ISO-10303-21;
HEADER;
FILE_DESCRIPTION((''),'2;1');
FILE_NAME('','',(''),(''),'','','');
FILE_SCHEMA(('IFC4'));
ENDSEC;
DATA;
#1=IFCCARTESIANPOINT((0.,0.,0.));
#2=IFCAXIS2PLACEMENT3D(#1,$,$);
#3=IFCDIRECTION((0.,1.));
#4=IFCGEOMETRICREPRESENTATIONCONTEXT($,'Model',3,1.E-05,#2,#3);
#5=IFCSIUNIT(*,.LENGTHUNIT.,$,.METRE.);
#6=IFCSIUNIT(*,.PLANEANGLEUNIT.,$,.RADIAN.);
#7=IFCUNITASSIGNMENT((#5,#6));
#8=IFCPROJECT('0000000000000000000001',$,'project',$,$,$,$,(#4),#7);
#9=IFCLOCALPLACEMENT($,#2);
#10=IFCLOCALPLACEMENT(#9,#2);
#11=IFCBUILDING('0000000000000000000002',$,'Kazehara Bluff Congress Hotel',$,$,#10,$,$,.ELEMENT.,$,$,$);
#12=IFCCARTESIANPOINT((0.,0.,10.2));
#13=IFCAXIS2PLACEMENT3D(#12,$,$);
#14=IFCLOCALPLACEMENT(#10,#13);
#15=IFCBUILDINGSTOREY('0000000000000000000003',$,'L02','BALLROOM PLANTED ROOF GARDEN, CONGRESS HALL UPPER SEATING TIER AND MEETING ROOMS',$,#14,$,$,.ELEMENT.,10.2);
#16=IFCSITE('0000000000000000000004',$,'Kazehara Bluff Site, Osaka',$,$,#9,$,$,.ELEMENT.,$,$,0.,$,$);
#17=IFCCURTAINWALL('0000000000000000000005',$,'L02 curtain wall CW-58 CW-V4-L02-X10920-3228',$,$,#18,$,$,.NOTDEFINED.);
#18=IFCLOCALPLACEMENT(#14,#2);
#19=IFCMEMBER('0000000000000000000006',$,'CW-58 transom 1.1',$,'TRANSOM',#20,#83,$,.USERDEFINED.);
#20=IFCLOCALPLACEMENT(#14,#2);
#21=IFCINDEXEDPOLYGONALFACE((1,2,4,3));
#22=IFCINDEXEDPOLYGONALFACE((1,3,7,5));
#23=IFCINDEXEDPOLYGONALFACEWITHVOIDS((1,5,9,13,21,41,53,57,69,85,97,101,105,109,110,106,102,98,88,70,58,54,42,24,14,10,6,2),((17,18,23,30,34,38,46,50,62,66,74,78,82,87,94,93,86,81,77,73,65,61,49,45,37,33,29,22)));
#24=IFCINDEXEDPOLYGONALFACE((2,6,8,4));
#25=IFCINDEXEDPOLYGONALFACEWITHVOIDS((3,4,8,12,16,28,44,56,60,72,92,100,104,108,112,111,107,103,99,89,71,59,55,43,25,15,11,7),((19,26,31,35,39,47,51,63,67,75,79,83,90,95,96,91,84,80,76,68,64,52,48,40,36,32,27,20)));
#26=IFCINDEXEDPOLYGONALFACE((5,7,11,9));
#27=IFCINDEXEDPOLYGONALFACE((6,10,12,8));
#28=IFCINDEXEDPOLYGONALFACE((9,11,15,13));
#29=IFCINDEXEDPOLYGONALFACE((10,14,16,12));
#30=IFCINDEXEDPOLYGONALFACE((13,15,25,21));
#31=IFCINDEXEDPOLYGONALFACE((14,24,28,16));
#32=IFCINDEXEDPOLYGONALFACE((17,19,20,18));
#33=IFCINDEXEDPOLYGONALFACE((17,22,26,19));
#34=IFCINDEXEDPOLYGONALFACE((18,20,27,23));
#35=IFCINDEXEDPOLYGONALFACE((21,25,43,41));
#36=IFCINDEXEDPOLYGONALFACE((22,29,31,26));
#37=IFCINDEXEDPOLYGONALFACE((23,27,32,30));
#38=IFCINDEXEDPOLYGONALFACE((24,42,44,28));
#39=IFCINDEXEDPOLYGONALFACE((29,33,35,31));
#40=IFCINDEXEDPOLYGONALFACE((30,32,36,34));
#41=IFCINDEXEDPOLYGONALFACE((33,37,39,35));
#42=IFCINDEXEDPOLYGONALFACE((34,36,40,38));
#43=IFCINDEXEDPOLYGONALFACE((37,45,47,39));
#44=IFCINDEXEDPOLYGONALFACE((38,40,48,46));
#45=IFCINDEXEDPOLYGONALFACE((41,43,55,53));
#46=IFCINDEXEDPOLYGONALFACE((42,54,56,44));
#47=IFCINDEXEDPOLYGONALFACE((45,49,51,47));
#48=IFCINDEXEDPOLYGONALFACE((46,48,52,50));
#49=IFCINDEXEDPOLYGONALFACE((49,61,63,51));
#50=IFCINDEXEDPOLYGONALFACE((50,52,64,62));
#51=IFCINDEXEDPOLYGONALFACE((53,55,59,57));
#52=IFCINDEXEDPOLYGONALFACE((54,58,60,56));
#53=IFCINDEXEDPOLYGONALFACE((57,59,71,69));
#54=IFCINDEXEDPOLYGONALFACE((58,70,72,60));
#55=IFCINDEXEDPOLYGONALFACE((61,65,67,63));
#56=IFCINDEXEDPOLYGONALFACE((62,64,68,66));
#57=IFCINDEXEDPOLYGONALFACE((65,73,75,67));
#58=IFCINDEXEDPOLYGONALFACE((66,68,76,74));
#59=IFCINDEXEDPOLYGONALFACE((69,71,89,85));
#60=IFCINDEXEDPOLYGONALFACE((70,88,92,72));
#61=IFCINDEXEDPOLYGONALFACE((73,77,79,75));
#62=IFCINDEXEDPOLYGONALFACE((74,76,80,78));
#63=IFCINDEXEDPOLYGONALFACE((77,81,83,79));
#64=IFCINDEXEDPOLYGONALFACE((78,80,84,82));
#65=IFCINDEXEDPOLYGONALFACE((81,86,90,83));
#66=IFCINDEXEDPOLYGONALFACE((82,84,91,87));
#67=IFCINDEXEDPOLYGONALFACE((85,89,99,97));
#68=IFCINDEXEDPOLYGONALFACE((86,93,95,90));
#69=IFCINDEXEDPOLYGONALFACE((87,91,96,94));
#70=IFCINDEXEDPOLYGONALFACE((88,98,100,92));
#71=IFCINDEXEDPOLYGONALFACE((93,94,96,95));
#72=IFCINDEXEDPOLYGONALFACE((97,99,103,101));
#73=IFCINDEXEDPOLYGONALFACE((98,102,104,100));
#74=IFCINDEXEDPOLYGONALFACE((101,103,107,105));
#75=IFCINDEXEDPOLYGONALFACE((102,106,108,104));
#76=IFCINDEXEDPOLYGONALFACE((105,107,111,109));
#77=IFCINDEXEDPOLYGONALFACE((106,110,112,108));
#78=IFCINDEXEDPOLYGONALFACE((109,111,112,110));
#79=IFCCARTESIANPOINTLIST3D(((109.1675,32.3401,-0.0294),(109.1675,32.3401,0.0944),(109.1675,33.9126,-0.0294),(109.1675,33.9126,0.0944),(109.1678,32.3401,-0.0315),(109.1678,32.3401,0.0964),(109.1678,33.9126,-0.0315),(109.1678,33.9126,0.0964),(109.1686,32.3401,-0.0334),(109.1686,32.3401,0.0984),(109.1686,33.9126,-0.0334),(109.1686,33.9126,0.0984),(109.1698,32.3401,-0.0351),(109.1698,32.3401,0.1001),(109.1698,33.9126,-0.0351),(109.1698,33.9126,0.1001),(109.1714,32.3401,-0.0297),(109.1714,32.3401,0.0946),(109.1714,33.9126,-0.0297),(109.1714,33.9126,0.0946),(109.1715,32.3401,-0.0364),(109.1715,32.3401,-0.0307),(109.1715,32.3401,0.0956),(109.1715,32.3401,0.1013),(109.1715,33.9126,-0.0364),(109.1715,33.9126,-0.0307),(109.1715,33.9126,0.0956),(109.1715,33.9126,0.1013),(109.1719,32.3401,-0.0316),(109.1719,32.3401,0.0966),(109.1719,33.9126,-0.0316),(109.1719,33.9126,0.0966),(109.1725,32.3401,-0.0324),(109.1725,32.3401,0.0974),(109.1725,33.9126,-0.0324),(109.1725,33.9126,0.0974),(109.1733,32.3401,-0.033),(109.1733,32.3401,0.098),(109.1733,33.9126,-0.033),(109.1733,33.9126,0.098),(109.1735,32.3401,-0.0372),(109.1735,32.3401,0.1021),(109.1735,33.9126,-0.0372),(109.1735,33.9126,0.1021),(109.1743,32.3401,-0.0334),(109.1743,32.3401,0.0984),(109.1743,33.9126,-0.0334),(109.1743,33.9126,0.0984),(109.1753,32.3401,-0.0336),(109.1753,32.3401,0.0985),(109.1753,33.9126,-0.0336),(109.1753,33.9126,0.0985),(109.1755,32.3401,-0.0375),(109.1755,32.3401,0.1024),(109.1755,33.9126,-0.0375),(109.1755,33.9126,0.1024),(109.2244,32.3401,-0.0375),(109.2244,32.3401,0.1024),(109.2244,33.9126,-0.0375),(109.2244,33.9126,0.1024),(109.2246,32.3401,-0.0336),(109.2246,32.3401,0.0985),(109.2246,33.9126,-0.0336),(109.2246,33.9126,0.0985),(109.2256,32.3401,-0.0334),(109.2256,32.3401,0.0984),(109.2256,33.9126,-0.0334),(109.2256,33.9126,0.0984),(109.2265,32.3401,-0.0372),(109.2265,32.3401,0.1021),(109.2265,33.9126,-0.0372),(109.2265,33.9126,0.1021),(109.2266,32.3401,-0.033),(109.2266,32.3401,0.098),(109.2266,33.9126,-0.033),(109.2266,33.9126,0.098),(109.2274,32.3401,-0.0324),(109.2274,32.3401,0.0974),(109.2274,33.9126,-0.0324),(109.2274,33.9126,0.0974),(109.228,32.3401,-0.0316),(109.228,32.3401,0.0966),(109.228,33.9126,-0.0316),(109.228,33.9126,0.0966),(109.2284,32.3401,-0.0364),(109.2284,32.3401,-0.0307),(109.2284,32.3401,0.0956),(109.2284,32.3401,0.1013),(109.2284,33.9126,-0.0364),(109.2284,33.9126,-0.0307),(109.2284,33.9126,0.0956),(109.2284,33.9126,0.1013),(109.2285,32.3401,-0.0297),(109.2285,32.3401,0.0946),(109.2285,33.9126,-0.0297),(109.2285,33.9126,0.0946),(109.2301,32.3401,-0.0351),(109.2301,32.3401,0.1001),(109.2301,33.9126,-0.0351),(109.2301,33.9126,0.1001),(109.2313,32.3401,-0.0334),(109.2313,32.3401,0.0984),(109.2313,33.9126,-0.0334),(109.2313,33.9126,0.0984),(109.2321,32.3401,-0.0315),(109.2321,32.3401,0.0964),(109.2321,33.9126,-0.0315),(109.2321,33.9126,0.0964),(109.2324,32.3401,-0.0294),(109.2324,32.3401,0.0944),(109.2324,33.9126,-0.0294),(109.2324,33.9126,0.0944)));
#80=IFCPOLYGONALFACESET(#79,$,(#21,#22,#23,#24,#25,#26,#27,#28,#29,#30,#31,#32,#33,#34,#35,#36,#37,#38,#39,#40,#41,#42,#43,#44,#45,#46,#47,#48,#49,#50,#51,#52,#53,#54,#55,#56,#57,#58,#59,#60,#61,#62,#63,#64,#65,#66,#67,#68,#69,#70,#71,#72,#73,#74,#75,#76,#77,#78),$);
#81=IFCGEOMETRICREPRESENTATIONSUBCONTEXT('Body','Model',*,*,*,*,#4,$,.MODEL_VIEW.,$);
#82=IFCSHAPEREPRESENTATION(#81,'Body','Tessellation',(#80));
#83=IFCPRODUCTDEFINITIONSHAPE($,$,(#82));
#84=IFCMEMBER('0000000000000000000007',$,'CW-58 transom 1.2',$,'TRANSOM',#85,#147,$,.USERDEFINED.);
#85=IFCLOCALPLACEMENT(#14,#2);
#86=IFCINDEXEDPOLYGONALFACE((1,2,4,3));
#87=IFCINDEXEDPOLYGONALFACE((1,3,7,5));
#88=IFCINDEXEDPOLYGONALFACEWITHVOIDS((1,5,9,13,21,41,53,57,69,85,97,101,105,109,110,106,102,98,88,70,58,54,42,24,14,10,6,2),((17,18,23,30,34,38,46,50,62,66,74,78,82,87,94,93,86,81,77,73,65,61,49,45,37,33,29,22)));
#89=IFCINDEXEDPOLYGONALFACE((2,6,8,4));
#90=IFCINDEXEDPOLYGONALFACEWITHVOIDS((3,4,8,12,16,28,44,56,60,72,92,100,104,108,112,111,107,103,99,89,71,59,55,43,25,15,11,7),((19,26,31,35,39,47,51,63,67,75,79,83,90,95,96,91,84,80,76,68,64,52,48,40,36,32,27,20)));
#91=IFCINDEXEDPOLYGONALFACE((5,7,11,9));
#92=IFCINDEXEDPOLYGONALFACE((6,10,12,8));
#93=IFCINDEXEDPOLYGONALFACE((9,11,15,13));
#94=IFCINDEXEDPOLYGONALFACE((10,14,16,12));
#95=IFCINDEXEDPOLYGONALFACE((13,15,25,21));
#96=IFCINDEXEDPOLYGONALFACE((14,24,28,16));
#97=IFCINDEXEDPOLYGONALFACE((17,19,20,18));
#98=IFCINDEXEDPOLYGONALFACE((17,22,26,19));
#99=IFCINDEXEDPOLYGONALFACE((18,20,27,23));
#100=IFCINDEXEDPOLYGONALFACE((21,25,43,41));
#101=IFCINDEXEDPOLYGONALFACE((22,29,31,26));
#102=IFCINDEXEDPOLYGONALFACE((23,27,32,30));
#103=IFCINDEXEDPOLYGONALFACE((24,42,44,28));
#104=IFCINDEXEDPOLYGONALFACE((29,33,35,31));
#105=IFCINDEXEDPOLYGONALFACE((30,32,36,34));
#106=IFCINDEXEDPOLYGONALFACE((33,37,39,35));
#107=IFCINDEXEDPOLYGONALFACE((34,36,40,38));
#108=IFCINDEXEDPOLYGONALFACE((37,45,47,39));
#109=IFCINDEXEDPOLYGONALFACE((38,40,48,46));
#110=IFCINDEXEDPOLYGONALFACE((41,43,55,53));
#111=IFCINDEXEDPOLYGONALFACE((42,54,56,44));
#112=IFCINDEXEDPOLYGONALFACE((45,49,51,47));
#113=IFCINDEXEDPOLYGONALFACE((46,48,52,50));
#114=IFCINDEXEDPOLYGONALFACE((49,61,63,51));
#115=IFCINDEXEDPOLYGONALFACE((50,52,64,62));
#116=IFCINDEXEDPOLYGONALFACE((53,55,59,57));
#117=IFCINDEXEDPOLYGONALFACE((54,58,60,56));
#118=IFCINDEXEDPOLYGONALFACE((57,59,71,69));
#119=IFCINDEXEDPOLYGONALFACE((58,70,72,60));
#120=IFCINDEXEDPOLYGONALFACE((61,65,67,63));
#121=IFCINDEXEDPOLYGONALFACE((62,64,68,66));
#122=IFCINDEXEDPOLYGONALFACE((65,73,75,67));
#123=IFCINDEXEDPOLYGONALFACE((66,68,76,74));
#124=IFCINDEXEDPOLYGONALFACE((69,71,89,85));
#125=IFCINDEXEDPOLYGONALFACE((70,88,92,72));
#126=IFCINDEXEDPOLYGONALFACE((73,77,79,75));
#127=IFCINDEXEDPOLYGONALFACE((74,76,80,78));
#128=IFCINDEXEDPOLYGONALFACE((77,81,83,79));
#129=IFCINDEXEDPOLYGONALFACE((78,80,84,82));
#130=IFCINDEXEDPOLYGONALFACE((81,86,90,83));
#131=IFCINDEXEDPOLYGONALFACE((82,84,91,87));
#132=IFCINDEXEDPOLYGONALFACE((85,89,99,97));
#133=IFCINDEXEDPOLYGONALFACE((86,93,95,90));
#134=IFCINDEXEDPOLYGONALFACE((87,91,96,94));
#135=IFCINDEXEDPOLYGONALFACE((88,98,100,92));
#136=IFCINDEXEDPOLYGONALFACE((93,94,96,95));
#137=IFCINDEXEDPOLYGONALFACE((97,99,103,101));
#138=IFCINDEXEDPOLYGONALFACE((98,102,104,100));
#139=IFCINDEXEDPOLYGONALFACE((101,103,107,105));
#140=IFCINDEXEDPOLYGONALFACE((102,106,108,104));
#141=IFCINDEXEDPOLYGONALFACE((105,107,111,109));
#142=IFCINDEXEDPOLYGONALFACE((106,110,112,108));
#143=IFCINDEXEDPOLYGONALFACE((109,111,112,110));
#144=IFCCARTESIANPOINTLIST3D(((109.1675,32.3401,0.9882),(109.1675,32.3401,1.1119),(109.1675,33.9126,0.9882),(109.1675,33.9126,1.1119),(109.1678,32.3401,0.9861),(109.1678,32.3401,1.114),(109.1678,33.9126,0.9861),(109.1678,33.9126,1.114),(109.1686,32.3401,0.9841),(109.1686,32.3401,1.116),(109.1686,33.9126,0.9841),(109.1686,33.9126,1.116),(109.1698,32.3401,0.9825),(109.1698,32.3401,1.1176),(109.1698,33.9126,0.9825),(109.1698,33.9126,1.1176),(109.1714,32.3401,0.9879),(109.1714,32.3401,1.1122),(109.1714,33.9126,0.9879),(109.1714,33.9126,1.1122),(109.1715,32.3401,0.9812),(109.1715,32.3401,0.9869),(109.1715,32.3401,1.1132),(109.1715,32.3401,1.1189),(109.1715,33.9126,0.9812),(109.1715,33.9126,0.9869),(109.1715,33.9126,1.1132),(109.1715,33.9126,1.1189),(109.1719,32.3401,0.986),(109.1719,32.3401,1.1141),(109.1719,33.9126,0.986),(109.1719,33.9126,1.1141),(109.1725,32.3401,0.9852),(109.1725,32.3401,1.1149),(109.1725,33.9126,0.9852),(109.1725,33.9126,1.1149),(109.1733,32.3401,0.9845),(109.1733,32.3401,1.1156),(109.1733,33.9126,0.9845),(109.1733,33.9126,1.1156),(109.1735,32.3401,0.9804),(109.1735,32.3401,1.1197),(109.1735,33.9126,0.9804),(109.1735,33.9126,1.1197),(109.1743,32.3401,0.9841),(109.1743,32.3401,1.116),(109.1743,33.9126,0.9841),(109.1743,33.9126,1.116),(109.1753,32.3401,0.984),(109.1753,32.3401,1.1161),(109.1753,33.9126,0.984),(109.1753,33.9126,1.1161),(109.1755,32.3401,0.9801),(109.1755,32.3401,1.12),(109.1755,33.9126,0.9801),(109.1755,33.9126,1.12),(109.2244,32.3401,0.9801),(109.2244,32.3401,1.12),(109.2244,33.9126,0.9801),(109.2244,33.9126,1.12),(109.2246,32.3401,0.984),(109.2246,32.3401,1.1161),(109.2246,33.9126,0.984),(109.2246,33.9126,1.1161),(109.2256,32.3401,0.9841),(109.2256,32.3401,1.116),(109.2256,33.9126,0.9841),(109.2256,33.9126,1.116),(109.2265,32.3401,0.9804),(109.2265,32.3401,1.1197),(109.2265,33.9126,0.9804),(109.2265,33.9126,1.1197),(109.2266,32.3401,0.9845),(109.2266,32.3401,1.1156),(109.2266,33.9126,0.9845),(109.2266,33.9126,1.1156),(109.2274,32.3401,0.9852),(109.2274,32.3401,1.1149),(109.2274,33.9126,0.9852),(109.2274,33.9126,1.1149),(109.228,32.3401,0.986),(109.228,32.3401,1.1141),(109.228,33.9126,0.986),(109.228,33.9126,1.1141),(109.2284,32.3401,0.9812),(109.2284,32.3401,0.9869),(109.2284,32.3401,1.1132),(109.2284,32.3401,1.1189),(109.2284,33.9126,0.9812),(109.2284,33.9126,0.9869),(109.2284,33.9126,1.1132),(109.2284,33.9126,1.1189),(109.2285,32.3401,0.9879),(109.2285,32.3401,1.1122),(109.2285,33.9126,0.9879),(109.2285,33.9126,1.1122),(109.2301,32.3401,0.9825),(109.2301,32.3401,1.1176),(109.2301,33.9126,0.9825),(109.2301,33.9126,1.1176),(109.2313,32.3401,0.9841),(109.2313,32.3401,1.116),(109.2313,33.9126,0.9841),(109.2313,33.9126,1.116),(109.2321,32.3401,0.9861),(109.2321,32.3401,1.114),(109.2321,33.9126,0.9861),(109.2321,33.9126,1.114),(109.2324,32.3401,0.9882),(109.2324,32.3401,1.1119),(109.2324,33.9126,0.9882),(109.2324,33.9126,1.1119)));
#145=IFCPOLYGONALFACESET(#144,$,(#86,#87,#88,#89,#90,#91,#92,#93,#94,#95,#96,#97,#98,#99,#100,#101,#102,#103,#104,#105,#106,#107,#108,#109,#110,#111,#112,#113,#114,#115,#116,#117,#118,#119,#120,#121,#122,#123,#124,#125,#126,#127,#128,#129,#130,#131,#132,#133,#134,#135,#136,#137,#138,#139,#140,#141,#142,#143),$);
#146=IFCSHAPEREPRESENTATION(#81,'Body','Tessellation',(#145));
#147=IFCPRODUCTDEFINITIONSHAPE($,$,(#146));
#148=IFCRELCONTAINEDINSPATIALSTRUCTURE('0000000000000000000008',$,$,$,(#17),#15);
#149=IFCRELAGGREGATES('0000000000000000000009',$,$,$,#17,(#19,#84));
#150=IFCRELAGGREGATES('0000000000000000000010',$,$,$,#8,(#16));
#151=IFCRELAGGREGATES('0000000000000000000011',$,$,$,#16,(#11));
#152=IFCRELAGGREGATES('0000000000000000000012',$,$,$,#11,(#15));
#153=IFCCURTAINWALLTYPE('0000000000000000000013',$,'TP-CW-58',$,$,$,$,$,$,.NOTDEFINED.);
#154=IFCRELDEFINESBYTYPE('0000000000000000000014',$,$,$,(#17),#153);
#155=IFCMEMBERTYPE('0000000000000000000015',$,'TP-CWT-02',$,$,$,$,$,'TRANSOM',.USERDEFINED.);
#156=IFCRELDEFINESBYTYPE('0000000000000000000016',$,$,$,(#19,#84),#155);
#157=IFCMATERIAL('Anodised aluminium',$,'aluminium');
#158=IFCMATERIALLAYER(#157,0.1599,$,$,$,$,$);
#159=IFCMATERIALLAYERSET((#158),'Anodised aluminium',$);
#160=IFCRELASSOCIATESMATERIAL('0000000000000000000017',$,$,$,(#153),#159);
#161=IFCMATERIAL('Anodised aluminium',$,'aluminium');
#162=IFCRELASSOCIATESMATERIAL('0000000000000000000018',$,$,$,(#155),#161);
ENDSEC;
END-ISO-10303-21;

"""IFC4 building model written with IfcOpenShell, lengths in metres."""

from ifc_helpers import new_model, si_unit, direction, frame, origin, origin_2d, place, context, subcontext, project, spatial, hollow_rectangle, extrude, material, layer, layer_set, material_profile, profile_set, type_object, element, aggregate, save


model = new_model("IFC4")

# Units and contexts
model_context = context("Model", 3, precision=1e-05, world=origin(), true_north=direction((0.0, 1.0)))
body_context = subcontext(model_context, "Body", "Model", "MODEL_VIEW")
ifc_project = project(units=[si_unit("LENGTHUNIT", "METRE"), si_unit("PLANEANGLEUNIT", "RADIAN")], contexts=[model_context])

# Site, building, storey
site_placement = place(None, origin())
site = spatial("IfcSite", under=ifc_project, at=site_placement, Name="Kazehara Bluff Site, Osaka", CompositionType="ELEMENT", RefElevation=0.0)
building_placement = place(site_placement, origin())
building = spatial("IfcBuilding", under=site, at=building_placement, Name="Kazehara Bluff Congress Hotel", CompositionType="ELEMENT")
storey_placement = place(building_placement, frame((0.0, 0.0, 10.2)))
storey = spatial("IfcBuildingStorey", under=building, at=storey_placement, Name="L02", Description="BALLROOM PLANTED ROOF GARDEN, CONGRESS HALL UPPER SEATING TIER AND MEETING ROOMS", CompositionType="ELEMENT", Elevation=10.2)

# Curtain wall, members
ifc_material_1 = material(Name="Anodised aluminium", Category="aluminium")
ifc_layer_1 = layer(ifc_material_1, 0.1599)
ifc_layer_set_1 = layer_set([ifc_layer_1], Name="Anodised aluminium")
curtain_wall_type = type_object("IfcCurtainWallType", Name="TP-CW-58", PredefinedType="NOTDEFINED", material=ifc_layer_set_1)
curtain_wall_placement = place(storey_placement, origin())
curtain_wall = element("IfcCurtainWall", 1, at=curtain_wall_placement, inside=storey, type_object=curtain_wall_type, Name="L02 curtain wall CW-58 CW-V4-L02-X10920-3228", PredefinedType="NOTDEFINED")
ifc_material_2 = material(Name="Anodised aluminium", Category="aluminium")
ifc_material_profile_1 = material_profile(ifc_material_2, hollow_rectangle(XDim=0.0649, YDim=0.1399, WallThickness=0.0039, InnerFilletRadius=0.0039, OuterFilletRadius=0.0081, at=origin_2d()))
ifc_profile_set_1 = profile_set([ifc_material_profile_1], Name="Anodised aluminium")
member_type_1 = type_object("IfcMemberType", Name="TP-CWT-02", ElementType="TRANSOM", PredefinedType="USERDEFINED", material=ifc_profile_set_1)
member_1_placement = place(storey_placement, frame((109.2, 32.3401, 0.0325), z_axis=(0.0, 1.0, 0.0), x_axis=(-1.0, 0.0, 0.0)))
member_1 = element("IfcMember", 2, at=member_1_placement, type_object=member_type_1, Name="CW-58 transom 1.1", ObjectType="TRANSOM", PredefinedType="USERDEFINED", context=body_context, shape_type="SweptSolid", body=[
    extrude(hollow_rectangle(XDim=0.0649, YDim=0.1399, WallThickness=0.0039, InnerFilletRadius=0.0039, OuterFilletRadius=0.0081, at=origin_2d()), origin(), (0.0, 0.0, 1.0), 1.5725),
])
member_2_placement = place(storey_placement, frame((109.2, 32.3401, 1.05), z_axis=(0.0, 1.0, 0.0), x_axis=(-1.0, 0.0, 0.0)))
member_2 = element("IfcMember", 3, at=member_2_placement, type_object=member_type_1, Name="CW-58 transom 1.2", ObjectType="TRANSOM", PredefinedType="USERDEFINED", context=body_context, shape_type="SweptSolid", body=[
    extrude(hollow_rectangle(XDim=0.0649, YDim=0.1399, WallThickness=0.0039, InnerFilletRadius=0.0039, OuterFilletRadius=0.0081, at=origin_2d()), origin(), (0.0, 0.0, 1.0), 1.5725),
])

aggregate(curtain_wall, [member_1, member_2])

save(model, "model.ifc")
